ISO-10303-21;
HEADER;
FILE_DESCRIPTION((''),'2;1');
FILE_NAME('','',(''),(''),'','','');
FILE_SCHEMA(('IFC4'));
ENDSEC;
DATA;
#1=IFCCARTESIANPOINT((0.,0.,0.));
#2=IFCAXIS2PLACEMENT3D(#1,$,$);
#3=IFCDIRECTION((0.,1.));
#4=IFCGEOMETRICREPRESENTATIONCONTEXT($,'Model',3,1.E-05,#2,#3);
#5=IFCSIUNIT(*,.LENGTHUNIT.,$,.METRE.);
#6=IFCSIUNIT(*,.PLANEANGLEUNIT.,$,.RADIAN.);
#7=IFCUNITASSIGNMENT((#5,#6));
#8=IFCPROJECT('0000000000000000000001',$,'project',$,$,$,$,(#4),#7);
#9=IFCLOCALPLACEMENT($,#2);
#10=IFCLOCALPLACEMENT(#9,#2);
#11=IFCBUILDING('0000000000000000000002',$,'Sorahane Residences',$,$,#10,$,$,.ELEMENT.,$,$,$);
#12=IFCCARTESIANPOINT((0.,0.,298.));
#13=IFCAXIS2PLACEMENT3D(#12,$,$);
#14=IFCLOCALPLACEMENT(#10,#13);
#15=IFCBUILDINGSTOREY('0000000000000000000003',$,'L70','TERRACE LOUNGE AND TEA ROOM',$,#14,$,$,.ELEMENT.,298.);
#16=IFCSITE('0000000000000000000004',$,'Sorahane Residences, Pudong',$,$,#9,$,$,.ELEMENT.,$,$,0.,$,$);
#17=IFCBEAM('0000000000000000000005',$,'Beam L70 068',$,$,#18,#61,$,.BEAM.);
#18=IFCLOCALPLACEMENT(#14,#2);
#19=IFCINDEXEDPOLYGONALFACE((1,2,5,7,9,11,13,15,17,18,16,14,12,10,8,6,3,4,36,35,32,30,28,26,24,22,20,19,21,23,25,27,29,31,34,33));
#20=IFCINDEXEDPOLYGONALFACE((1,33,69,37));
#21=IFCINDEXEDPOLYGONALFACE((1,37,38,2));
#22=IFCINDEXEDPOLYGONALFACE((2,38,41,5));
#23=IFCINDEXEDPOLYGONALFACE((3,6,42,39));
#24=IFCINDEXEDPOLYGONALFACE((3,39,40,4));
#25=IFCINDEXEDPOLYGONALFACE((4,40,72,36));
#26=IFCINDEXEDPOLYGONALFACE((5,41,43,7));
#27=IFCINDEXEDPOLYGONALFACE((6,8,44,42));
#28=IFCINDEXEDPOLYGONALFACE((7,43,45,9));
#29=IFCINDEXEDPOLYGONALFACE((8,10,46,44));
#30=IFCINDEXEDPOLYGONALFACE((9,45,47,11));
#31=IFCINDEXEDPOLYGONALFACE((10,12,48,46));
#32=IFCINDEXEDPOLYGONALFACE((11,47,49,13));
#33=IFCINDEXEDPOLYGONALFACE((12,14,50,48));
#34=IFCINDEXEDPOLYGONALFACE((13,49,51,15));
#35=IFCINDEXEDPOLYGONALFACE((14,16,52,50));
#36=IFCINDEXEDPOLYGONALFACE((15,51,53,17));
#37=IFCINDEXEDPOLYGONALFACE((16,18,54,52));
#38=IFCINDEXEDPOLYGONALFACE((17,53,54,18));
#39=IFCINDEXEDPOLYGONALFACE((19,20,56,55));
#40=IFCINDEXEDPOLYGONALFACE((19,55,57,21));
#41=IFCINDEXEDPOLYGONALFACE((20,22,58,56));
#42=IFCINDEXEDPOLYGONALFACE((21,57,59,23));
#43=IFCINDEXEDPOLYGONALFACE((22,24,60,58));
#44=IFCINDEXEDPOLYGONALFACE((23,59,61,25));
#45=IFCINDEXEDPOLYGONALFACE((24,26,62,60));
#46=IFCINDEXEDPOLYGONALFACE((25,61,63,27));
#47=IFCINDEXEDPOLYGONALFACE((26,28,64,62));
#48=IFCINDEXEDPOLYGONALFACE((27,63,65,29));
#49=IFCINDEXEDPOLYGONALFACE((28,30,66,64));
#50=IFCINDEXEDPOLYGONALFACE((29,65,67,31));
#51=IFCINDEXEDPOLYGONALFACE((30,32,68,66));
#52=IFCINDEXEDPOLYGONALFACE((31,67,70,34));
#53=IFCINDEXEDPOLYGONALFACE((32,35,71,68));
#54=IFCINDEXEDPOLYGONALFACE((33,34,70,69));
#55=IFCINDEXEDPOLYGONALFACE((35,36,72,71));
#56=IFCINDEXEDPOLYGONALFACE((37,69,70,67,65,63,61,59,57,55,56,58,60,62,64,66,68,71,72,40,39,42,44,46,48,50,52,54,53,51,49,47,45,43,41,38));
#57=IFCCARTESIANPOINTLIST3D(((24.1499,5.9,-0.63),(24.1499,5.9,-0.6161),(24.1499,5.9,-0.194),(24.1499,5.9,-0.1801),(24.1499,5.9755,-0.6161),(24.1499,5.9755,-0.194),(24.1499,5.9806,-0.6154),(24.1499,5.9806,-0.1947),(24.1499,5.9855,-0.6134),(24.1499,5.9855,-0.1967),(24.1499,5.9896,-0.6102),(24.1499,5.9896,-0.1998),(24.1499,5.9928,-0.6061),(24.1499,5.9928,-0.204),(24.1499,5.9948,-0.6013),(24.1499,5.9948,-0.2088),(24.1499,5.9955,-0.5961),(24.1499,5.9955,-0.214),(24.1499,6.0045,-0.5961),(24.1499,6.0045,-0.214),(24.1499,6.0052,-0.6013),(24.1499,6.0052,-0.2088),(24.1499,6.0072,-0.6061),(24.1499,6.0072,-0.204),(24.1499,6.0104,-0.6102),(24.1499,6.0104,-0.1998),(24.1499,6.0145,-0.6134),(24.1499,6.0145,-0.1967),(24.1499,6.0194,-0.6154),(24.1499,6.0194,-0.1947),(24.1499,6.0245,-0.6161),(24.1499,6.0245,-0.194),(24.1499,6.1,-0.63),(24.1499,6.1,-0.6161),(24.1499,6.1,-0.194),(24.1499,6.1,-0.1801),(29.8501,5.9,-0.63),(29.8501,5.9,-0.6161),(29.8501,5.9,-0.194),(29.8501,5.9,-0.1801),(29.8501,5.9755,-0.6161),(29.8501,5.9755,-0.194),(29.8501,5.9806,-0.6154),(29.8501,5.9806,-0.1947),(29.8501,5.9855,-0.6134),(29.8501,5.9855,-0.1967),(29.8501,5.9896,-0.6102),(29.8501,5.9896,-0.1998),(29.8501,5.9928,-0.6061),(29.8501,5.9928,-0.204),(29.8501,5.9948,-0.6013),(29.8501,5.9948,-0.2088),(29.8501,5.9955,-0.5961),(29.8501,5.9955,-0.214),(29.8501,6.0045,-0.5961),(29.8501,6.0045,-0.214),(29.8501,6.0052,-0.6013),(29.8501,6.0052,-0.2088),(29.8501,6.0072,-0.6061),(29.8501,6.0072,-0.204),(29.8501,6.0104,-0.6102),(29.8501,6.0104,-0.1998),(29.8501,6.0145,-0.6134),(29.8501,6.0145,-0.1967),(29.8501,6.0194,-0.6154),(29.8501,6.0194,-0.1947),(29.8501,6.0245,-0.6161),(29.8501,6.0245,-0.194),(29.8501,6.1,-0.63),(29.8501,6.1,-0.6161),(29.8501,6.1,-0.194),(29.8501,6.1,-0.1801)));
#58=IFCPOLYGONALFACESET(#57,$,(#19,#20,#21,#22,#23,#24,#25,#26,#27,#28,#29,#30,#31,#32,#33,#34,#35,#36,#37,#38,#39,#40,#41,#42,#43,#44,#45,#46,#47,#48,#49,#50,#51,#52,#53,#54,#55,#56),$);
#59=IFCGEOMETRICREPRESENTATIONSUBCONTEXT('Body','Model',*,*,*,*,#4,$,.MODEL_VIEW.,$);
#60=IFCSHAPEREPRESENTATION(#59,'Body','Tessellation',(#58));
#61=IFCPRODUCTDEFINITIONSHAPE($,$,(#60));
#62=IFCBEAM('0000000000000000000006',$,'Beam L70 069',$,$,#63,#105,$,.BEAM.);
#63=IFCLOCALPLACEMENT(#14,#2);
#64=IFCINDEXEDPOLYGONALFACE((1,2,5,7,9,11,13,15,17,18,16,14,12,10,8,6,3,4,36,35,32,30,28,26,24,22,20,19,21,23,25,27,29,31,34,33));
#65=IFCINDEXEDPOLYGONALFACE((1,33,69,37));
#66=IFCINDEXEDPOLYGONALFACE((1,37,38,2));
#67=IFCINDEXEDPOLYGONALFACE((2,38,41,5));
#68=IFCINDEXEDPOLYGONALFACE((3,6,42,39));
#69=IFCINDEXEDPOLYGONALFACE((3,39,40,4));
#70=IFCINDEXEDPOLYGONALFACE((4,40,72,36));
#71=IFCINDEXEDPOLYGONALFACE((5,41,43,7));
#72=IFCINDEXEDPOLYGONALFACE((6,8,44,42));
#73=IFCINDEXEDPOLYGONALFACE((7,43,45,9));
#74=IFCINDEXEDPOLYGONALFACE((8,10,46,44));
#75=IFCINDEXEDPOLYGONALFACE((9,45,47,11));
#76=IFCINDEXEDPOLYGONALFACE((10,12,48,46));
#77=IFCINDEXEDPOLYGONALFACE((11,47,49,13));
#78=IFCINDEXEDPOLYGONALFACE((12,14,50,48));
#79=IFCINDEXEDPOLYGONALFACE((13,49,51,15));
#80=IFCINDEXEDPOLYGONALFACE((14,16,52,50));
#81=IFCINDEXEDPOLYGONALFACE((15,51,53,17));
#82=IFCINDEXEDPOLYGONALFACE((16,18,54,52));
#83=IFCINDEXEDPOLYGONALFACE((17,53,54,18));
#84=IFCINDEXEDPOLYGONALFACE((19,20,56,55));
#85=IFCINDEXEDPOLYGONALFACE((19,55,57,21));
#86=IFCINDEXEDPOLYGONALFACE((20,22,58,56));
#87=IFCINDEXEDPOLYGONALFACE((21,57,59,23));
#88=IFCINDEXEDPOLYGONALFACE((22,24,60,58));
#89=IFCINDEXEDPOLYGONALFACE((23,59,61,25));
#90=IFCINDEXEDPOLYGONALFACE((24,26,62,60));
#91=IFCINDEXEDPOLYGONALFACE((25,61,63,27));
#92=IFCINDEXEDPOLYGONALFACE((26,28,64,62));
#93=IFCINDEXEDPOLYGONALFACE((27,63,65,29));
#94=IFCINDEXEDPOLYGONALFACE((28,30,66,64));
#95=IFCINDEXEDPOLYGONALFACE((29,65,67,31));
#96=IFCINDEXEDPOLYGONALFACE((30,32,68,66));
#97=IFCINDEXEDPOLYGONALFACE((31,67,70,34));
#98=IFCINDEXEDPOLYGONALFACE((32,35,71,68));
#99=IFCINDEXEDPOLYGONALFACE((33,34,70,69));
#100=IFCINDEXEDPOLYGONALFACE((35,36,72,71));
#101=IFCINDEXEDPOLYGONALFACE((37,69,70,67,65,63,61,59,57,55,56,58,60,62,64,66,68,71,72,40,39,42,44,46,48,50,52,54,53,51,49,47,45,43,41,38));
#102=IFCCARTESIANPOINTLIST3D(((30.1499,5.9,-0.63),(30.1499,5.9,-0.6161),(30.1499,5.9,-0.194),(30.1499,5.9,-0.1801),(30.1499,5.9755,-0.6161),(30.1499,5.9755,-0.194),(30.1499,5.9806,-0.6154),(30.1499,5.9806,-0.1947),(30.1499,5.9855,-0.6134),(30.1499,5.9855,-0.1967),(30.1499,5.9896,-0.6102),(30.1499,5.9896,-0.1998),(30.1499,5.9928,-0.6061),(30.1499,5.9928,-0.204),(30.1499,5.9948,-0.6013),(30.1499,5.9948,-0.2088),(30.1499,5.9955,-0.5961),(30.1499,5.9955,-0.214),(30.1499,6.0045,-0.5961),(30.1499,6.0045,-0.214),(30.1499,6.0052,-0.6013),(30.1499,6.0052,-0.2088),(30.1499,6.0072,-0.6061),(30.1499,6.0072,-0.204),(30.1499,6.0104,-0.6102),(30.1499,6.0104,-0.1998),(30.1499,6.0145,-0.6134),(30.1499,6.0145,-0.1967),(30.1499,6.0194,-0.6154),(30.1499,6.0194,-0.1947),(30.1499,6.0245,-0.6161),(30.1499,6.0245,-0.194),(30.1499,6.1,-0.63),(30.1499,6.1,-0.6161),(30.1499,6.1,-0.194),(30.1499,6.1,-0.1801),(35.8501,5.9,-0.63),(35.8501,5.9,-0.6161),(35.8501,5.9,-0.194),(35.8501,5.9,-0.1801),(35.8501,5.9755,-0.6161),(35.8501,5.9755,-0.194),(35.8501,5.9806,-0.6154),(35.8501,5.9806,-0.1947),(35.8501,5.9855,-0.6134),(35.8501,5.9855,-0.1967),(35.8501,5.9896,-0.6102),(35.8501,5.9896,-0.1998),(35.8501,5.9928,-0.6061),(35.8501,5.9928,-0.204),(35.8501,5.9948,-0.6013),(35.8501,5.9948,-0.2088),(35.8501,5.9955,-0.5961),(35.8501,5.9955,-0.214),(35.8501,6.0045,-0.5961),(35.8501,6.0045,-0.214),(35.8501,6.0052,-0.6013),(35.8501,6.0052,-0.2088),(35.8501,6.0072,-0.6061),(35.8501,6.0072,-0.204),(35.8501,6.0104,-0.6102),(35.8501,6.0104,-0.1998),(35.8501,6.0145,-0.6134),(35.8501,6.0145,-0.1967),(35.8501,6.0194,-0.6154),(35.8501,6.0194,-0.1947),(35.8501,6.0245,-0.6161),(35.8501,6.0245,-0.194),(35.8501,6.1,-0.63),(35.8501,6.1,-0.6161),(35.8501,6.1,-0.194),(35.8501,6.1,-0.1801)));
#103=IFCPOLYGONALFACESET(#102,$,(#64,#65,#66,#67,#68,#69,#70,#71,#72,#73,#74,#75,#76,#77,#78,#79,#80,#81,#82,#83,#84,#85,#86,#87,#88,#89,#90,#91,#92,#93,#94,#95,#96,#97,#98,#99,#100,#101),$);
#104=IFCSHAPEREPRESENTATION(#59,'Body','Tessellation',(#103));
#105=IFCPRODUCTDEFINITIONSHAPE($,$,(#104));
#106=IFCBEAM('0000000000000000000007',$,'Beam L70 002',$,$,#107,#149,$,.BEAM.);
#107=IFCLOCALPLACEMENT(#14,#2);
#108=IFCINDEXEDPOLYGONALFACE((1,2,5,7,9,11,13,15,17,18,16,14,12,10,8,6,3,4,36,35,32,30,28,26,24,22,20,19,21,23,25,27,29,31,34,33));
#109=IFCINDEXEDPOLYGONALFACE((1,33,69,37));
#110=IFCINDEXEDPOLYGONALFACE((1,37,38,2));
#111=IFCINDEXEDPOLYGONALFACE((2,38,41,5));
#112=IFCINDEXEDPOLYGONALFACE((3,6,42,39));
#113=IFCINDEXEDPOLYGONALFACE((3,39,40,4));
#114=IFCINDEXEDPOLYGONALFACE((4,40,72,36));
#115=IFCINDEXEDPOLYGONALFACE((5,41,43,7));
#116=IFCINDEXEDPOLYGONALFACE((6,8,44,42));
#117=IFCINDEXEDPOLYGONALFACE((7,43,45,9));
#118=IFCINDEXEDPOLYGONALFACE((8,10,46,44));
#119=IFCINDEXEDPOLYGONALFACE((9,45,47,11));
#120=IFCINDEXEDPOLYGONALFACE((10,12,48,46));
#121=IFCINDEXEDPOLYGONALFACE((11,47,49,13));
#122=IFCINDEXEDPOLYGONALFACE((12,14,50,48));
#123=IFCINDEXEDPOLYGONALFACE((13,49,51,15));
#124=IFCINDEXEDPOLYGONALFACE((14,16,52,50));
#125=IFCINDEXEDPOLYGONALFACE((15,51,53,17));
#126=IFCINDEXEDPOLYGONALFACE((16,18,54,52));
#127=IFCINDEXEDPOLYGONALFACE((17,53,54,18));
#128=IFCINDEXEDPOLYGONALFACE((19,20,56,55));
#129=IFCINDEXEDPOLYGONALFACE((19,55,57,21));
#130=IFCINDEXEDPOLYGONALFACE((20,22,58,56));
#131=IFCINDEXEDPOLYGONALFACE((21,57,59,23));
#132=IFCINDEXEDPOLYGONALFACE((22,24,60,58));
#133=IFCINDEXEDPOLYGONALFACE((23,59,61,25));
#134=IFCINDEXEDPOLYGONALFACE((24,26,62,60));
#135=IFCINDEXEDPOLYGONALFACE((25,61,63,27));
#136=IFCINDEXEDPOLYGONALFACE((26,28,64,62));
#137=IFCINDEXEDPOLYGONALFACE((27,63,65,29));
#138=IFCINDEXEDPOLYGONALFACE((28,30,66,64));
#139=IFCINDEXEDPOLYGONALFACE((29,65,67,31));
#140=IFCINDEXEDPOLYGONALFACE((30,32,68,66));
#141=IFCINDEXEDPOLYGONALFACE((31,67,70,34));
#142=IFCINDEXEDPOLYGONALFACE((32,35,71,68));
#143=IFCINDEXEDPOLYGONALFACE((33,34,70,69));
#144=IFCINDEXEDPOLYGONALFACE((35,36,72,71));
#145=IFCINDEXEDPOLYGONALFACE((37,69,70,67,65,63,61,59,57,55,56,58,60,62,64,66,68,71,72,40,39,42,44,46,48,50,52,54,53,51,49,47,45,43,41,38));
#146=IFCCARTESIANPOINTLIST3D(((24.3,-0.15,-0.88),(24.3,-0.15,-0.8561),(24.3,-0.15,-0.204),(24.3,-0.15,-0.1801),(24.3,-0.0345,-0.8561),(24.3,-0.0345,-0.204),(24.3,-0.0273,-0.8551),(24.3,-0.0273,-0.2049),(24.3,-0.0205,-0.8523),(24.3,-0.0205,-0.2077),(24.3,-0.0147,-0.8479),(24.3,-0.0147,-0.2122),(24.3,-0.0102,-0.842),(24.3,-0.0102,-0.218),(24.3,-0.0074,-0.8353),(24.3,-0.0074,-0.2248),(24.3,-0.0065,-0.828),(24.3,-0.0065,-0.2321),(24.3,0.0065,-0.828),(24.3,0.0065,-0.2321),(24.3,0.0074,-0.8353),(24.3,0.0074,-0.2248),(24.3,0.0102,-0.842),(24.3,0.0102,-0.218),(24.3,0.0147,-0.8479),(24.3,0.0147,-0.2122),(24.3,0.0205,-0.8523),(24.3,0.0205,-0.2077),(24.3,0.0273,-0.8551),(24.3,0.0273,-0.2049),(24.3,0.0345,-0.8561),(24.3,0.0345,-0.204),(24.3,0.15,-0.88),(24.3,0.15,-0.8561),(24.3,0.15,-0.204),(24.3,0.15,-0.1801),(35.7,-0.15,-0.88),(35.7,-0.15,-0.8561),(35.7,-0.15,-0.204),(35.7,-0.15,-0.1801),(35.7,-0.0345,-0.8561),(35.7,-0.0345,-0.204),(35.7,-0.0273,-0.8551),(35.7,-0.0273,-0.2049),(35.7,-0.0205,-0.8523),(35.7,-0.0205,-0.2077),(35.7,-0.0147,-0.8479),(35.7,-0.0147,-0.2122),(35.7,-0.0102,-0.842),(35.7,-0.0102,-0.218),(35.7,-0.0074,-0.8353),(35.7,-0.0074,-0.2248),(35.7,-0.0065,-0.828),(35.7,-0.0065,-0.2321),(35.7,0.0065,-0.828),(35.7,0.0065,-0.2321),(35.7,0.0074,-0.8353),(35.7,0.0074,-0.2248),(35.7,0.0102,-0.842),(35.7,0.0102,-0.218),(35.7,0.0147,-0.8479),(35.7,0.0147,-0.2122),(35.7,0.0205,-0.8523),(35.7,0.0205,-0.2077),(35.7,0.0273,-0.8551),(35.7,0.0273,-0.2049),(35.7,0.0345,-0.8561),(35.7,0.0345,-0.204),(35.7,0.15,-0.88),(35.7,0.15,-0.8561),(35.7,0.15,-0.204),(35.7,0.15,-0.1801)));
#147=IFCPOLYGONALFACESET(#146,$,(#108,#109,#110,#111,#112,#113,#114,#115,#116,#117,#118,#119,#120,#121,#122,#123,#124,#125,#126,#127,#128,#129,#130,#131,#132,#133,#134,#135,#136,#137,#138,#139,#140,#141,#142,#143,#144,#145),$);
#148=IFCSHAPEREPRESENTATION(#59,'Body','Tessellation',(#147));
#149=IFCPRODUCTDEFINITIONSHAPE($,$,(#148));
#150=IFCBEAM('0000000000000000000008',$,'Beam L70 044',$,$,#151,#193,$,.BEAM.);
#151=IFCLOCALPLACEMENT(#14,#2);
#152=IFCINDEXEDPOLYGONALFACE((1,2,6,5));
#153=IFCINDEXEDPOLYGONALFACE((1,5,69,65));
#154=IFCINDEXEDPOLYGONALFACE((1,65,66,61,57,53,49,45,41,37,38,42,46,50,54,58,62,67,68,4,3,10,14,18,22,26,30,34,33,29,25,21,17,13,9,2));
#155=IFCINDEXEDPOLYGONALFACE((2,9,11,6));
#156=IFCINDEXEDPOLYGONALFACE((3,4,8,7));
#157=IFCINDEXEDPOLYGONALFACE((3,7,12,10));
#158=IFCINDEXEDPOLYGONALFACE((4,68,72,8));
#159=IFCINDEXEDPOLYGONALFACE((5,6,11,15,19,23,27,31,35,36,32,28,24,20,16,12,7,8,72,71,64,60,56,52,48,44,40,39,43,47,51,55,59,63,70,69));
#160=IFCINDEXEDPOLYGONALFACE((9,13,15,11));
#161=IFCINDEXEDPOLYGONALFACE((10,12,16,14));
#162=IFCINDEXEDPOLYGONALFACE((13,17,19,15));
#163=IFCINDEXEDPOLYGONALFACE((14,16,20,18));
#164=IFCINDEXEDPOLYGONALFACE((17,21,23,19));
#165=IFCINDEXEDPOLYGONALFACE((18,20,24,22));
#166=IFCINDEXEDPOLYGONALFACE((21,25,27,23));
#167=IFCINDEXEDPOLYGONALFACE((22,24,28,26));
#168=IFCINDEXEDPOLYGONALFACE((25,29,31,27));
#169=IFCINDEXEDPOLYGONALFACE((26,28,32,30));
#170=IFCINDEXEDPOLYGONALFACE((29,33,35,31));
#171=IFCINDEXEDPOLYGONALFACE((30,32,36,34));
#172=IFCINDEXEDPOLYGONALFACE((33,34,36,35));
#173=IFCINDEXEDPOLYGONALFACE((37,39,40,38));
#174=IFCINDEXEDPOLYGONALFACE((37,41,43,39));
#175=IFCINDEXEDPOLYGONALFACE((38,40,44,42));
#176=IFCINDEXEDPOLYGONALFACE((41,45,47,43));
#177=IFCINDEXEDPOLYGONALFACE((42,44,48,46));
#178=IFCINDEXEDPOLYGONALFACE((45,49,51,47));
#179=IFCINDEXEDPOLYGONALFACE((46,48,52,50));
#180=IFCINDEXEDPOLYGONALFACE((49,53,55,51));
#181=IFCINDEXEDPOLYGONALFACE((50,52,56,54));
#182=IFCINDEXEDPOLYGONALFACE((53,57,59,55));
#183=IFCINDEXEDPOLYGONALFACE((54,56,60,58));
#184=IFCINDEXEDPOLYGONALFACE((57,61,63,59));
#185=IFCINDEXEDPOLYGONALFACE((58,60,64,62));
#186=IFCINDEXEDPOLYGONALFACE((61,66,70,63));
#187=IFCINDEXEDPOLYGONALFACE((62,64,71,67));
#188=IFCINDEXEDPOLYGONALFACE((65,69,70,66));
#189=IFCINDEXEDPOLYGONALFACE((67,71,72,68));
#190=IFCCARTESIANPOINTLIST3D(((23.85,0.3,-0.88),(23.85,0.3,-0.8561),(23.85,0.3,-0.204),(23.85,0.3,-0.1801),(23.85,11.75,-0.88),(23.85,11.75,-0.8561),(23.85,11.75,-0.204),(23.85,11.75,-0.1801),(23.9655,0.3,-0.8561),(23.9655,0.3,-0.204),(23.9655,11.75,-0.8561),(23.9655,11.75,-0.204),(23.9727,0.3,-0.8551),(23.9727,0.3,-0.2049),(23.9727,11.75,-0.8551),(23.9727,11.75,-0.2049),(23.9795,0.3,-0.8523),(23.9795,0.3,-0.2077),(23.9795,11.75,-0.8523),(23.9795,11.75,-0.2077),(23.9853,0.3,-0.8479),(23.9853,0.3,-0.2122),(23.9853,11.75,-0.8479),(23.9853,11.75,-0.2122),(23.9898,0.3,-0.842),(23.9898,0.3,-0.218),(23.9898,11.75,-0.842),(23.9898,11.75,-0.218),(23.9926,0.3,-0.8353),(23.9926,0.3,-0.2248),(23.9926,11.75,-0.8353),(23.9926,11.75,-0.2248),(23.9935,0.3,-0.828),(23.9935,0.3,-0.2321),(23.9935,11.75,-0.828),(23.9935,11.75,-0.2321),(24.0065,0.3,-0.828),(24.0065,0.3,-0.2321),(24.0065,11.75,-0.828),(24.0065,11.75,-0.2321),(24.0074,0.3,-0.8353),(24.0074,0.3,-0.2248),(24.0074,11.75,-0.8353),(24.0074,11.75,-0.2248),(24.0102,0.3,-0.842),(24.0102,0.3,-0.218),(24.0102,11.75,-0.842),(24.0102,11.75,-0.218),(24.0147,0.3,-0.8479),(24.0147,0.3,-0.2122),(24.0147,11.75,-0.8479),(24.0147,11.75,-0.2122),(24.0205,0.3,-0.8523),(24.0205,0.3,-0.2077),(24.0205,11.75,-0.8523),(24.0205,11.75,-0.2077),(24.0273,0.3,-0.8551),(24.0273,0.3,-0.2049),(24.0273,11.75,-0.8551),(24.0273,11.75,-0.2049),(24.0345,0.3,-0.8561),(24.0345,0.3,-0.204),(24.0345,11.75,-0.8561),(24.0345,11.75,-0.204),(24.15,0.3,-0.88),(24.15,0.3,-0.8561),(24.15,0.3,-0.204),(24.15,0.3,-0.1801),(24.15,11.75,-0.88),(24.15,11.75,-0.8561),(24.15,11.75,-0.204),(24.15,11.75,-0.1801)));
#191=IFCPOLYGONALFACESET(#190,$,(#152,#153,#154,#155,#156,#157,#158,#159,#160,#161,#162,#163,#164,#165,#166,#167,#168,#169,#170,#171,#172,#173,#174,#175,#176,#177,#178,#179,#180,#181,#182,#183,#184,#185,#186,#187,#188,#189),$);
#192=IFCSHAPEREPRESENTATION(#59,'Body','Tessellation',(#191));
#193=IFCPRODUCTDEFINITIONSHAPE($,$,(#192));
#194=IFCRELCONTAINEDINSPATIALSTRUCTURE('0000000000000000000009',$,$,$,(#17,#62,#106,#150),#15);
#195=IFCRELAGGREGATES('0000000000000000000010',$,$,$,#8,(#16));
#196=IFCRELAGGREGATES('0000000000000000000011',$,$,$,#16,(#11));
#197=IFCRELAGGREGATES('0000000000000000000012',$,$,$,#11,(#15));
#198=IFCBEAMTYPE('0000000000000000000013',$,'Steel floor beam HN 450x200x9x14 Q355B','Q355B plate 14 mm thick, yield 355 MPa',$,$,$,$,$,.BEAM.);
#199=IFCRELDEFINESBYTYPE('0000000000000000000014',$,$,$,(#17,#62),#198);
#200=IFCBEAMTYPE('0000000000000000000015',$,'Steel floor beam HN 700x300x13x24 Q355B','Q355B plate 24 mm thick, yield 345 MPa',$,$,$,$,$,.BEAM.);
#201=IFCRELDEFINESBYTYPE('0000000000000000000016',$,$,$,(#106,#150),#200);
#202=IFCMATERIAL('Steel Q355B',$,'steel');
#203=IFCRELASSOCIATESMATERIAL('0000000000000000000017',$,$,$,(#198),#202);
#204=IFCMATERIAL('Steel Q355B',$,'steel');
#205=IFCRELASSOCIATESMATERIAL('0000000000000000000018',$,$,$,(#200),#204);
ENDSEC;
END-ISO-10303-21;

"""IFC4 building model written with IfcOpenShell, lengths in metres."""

from ifc_helpers import new_model, si_unit, direction, frame, origin, origin_2d, place, context, subcontext, project, spatial, i_section, extrude, material, material_profile, profile_set, type_object, element, save


model = new_model("IFC4")

# Units and contexts
model_context = context("Model", 3, precision=1e-05, world=origin(), true_north=direction((0.0, 1.0)))
body_context = subcontext(model_context, "Body", "Model", "MODEL_VIEW")
ifc_project = project(units=[si_unit("LENGTHUNIT", "METRE"), si_unit("PLANEANGLEUNIT", "RADIAN")], contexts=[model_context])

# Site, building, storey
site_placement = place(None, origin())
site = spatial("IfcSite", under=ifc_project, at=site_placement, Name="Sorahane Residences, Pudong", CompositionType="ELEMENT", RefElevation=0.0)
building_placement = place(site_placement, origin())
building = spatial("IfcBuilding", under=site, at=building_placement, Name="Sorahane Residences", CompositionType="ELEMENT")
storey_placement = place(building_placement, frame((0.0, 0.0, 298.0)))
storey = spatial("IfcBuildingStorey", under=building, at=storey_placement, Name="L70", Description="TERRACE LOUNGE AND TEA ROOM", CompositionType="ELEMENT", Elevation=298.0)

# Beams
ifc_material_1 = material(Name="Steel Q355B", Category="steel")
ifc_material_profile_1 = material_profile(ifc_material_1, i_section(OverallWidth=0.2, OverallDepth=0.45, WebThickness=0.009, FlangeThickness=0.0139, FilletRadius=0.02, at=origin_2d()), Name="HN 450x200x9x14")
ifc_profile_set_1 = profile_set([ifc_material_profile_1], Name="Steel Q355B")
beam_type_1 = type_object("IfcBeamType", Name="Steel floor beam HN 450x200x9x14 Q355B", Description="Q355B plate 14 mm thick, yield 355 MPa", PredefinedType="BEAM", material=ifc_profile_set_1)
for number, where, z_axis, x_axis, name in (
    (1, (24.1499, 6.0, -0.405), (1.0, 0.0, 0.0), (0.0, 1.0, 0.0), "Beam L70 068"),
    (2, (30.1499, 6.0, -0.405), (1.0, 0.0, 0.0), (0.0, 1.0, 0.0), "Beam L70 069"),
):
    element("IfcBeam", number, at=place(storey_placement, frame(where, z_axis=z_axis, x_axis=x_axis)), inside=storey, type_object=beam_type_1, Name=name, PredefinedType="BEAM", context=body_context, shape_type="SweptSolid", body=[
        extrude(i_section(OverallWidth=0.2, OverallDepth=0.45, WebThickness=0.009, FlangeThickness=0.0139, FilletRadius=0.02, at=origin_2d()), origin(), (0.0, 0.0, 1.0), 5.7002),
    ])
ifc_material_2 = material(Name="Steel Q355B", Category="steel")
ifc_material_profile_2 = material_profile(ifc_material_2, i_section(OverallWidth=0.3, OverallDepth=0.7, WebThickness=0.0129, FlangeThickness=0.0239, FilletRadius=0.0281, at=origin_2d()), Name="HN 700x300x13x24")
ifc_profile_set_2 = profile_set([ifc_material_profile_2], Name="Steel Q355B")
beam_type_2 = type_object("IfcBeamType", Name="Steel floor beam HN 700x300x13x24 Q355B", Description="Q355B plate 24 mm thick, yield 345 MPa", PredefinedType="BEAM", material=ifc_profile_set_2)
beam_1_placement = place(storey_placement, frame((24.3, 0.0, -0.53), z_axis=(1.0, 0.0, 0.0), x_axis=(0.0, 1.0, 0.0)))
element("IfcBeam", 3, at=beam_1_placement, inside=storey, type_object=beam_type_2, Name="Beam L70 002", PredefinedType="BEAM", context=body_context, shape_type="SweptSolid", body=[
    extrude(i_section(OverallWidth=0.3, OverallDepth=0.7, WebThickness=0.0129, FlangeThickness=0.0239, FilletRadius=0.0281, at=origin_2d()), origin(), (0.0, 0.0, 1.0), 11.3999),
])
beam_2_placement = place(storey_placement, frame((24.0, 0.3, -0.53), z_axis=(0.0, 1.0, 0.0), x_axis=(-1.0, 0.0, 0.0)))
element("IfcBeam", 4, at=beam_2_placement, inside=storey, type_object=beam_type_2, Name="Beam L70 044", PredefinedType="BEAM", context=body_context, shape_type="SweptSolid", body=[
    extrude(i_section(OverallWidth=0.3, OverallDepth=0.7, WebThickness=0.0129, FlangeThickness=0.0239, FilletRadius=0.0281, at=origin_2d()), origin(), (0.0, 0.0, 1.0), 11.45),
])

save(model, "model.ifc")
